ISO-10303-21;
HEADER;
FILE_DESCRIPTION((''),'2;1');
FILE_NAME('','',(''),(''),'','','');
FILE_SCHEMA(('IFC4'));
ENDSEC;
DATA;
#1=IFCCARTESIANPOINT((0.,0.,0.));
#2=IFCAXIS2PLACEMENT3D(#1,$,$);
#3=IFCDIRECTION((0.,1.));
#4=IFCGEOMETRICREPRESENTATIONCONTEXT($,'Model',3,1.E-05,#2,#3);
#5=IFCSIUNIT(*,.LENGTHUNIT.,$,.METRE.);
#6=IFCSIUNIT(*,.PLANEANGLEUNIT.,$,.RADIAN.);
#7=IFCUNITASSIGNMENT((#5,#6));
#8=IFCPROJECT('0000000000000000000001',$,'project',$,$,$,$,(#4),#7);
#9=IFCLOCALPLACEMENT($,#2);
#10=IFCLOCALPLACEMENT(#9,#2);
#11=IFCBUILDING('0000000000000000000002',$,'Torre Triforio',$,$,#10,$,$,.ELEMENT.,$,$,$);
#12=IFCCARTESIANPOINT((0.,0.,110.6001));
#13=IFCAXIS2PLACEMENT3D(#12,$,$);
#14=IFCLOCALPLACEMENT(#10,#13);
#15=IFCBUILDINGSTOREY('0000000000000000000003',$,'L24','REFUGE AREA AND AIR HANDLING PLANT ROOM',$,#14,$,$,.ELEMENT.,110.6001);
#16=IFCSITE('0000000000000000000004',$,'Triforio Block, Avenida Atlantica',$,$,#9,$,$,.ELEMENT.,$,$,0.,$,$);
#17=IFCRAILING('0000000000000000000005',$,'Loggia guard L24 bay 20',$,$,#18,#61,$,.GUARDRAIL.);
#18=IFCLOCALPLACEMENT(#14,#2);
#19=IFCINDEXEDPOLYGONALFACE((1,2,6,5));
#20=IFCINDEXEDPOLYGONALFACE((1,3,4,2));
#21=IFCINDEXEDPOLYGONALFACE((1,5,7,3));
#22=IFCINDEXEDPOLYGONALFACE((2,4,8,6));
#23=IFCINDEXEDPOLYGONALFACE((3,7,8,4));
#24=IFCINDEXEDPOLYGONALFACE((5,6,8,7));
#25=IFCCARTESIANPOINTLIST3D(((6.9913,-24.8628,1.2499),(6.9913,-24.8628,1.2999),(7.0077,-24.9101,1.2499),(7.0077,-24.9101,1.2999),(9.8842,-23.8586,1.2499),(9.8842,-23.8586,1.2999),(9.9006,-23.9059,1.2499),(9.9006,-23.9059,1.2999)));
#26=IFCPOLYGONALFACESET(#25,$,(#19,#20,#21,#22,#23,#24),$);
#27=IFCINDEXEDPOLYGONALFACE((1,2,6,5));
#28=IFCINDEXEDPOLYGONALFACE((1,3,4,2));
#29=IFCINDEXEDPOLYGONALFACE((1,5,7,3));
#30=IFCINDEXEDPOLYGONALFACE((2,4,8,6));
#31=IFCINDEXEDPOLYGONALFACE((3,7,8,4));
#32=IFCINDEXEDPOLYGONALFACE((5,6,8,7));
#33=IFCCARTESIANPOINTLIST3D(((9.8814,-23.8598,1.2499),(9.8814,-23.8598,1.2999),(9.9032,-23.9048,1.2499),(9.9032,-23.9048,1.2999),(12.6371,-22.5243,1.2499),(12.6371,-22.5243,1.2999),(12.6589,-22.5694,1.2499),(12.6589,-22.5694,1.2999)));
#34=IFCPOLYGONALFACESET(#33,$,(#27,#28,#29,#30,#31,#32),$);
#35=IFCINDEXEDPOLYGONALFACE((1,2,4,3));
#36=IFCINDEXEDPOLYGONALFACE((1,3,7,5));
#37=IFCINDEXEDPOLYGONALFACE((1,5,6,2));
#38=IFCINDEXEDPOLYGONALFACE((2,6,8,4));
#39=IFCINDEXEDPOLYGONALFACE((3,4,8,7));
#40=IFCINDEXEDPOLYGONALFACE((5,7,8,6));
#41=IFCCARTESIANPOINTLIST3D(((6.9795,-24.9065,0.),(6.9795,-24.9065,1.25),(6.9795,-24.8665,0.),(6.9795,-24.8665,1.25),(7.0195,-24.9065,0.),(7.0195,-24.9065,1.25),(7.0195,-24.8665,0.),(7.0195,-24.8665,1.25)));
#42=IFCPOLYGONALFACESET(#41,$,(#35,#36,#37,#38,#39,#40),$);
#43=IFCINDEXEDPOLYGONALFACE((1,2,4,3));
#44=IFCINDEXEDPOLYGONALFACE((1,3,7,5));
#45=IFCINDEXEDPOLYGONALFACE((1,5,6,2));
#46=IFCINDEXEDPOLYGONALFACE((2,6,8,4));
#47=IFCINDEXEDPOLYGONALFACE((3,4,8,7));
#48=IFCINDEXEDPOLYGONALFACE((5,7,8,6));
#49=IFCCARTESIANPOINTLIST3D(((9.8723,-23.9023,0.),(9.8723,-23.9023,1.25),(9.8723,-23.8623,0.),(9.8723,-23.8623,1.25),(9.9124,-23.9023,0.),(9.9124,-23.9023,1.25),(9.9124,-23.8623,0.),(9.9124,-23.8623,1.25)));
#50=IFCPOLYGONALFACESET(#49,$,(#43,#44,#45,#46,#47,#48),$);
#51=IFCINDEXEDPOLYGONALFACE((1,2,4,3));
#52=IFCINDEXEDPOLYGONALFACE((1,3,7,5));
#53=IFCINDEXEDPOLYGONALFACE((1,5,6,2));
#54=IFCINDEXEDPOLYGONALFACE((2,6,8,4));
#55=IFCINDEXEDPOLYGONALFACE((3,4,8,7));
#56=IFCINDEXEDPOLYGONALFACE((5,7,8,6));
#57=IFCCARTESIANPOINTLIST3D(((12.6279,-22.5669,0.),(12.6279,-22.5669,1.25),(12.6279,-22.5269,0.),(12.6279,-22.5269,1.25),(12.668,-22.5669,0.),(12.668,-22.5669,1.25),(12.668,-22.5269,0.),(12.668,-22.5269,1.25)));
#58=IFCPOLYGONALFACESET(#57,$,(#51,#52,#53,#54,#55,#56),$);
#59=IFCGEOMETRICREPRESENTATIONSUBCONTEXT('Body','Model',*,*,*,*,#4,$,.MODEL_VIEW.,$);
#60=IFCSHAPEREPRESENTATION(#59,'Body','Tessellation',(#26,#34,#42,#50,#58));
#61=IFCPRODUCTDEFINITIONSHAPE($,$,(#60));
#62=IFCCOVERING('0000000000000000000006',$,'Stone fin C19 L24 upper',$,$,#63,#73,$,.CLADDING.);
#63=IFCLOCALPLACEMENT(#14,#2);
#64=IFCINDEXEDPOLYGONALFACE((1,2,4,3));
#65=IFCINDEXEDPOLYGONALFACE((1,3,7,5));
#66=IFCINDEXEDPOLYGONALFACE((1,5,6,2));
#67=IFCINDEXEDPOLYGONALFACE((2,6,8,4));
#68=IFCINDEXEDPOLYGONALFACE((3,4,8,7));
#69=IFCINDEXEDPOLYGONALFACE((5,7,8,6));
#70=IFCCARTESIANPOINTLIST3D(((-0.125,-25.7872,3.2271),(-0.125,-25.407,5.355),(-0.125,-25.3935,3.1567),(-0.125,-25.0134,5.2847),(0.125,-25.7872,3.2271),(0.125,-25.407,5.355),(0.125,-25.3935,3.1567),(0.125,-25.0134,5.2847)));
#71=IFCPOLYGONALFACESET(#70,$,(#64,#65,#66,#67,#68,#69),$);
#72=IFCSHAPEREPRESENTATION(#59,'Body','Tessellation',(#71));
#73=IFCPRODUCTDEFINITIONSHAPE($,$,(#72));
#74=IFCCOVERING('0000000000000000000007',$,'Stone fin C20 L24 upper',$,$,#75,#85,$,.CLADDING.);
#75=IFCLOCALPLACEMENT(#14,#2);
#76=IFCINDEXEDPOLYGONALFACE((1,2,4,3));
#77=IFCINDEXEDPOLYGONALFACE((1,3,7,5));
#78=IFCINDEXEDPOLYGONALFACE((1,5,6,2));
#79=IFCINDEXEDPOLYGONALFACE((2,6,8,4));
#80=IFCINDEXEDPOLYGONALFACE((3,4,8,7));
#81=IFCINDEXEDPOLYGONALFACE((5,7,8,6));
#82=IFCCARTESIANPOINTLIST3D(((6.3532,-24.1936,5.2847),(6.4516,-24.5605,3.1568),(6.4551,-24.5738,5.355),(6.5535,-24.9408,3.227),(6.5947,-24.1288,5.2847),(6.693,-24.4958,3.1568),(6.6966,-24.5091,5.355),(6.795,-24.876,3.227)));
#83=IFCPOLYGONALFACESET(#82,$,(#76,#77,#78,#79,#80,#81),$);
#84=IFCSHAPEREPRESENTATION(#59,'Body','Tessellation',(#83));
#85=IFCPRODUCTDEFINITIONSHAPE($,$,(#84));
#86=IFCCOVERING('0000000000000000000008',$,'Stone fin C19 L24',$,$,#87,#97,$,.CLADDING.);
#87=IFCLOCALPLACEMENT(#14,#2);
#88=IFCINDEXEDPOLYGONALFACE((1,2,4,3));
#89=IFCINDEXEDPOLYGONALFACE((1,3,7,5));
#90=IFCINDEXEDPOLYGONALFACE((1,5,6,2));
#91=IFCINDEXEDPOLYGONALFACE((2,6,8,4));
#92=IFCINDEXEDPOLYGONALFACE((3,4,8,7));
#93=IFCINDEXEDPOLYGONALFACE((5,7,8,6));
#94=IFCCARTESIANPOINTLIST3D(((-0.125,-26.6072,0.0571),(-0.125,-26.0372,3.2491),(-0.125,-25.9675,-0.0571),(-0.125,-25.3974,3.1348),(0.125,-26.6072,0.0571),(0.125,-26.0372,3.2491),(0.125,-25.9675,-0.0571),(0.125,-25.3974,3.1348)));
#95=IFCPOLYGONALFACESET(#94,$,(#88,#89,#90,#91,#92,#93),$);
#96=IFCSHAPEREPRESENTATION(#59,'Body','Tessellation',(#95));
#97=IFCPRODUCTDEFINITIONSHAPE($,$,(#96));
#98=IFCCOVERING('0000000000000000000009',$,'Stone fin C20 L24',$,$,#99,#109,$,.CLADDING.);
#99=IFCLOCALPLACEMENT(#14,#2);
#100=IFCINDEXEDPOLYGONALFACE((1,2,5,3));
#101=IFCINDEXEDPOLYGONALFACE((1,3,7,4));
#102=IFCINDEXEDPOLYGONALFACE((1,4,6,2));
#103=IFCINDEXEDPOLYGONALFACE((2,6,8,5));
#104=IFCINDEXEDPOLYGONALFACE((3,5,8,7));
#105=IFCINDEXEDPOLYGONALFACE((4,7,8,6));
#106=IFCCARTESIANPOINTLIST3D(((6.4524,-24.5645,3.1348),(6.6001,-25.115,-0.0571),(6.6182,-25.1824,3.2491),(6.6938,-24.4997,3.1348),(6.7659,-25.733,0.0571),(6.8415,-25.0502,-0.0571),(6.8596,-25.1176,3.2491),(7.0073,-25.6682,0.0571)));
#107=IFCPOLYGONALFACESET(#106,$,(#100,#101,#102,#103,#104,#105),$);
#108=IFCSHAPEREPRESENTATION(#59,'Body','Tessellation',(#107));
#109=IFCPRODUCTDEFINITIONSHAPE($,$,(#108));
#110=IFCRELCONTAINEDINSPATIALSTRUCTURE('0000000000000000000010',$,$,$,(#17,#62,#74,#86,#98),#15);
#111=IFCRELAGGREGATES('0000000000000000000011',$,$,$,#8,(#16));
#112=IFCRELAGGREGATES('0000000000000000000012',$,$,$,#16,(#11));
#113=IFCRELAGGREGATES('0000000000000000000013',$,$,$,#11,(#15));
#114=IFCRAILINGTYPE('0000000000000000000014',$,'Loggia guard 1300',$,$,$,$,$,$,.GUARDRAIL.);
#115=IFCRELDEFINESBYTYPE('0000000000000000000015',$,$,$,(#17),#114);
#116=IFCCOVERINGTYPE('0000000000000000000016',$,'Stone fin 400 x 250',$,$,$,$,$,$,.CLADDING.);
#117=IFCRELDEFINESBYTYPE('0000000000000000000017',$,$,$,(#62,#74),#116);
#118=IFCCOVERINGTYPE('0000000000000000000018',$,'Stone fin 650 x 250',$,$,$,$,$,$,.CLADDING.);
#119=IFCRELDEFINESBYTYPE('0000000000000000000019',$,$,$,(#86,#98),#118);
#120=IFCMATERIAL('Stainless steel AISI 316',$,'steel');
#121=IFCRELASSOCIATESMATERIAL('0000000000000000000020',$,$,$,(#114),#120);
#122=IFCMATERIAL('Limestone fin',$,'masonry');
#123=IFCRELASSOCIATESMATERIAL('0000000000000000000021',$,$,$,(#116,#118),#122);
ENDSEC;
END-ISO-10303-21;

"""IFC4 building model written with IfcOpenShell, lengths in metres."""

from ifc_helpers import new_model, si_unit, direction, frame, origin, origin_2d, place, context, subcontext, project, spatial, rectangle, extrude, material, material_profile, profile_set, type_object, element, save


model = new_model("IFC4")

# Units and contexts
model_context = context("Model", 3, precision=1e-05, world=origin(), true_north=direction((0.0, 1.0)))
body_context = subcontext(model_context, "Body", "Model", "MODEL_VIEW")
ifc_project = project(units=[si_unit("LENGTHUNIT", "METRE"), si_unit("PLANEANGLEUNIT", "RADIAN")], contexts=[model_context])

# Site, building, storey
site_placement = place(None, origin())
site = spatial("IfcSite", under=ifc_project, at=site_placement, Name="Triforio Block, Avenida Atlantica", CompositionType="ELEMENT", RefElevation=0.0)
building_placement = place(site_placement, origin())
building = spatial("IfcBuilding", under=site, at=building_placement, Name="Torre Triforio", CompositionType="ELEMENT")
storey_placement = place(building_placement, frame((0.0, 0.0, 110.6001)))
storey = spatial("IfcBuildingStorey", under=building, at=storey_placement, Name="L24", Description="REFUGE AREA AND AIR HANDLING PLANT ROOM", CompositionType="ELEMENT", Elevation=110.6001)

# Railing
ifc_material_1 = material(Name="Stainless steel AISI 316", Category="steel")
railing_type = type_object("IfcRailingType", Name="Loggia guard 1300", PredefinedType="GUARDRAIL", material=ifc_material_1)
railing_1_placement = place(storey_placement, frame((6.9995, -24.8865, 0.0)))
element("IfcRailing", 1, at=railing_1_placement, inside=storey, type_object=railing_type, Name="Loggia guard L24 bay 20", PredefinedType="GUARDRAIL", context=body_context, shape_type="SweptSolid", body=[
    extrude(rectangle(XDim=0.05, YDim=0.05, at=origin_2d()), frame((0.0, 0.0, 1.2749), z_axis=(0.944704, 0.327924, 0.0), x_axis=(-0.327924, 0.944704, 0.0)), (0.0, 0.0, 1.0), 3.0623),
    extrude(rectangle(XDim=0.05, YDim=0.05, at=origin_2d()), frame((2.8928, 1.0042, 1.2749), z_axis=(0.899892, 0.436113, 0.0), x_axis=(-0.436113, 0.899892, 0.0)), (0.0, 0.0, 1.0), 3.0623),
    extrude(rectangle(XDim=0.04, YDim=0.04, at=origin_2d()), origin(), (0.0, 0.0, 1.0), 1.25),
    extrude(rectangle(XDim=0.04, YDim=0.04, at=origin_2d()), frame((2.8928, 1.0042, 0.0)), (0.0, 0.0, 1.0), 1.25),
    extrude(rectangle(XDim=0.04, YDim=0.04, at=origin_2d()), frame((5.6484, 2.3396, 0.0)), (0.0, 0.0, 1.0), 1.25),
])

# Coverings
ifc_material_2 = material(Name="Limestone fin", Category="masonry")
ifc_material_profile_1 = material_profile(ifc_material_2, rectangle(XDim=0.3999, YDim=0.25, at=origin_2d()), Name="FIN 400x250")
ifc_profile_set_1 = profile_set([ifc_material_profile_1], Name="Limestone fin")
covering_type_1 = type_object("IfcCoveringType", Name="Stone fin 400 x 250", PredefinedType="CLADDING", material=ifc_profile_set_1)
for number, where, z_axis, x_axis, name in (
    (2, (0.0, -25.5903, 3.1919), (0.0, 0.175853, 0.984416), (0.0, -0.984416, 0.175853), "Stone fin C19 L24 upper"),
    (3, (6.6233, -24.7183, 3.1919), (-0.045517, 0.169757, 0.984434), (0.254951, -0.950847, 0.175754), "Stone fin C20 L24 upper"),
):
    element("IfcCovering", number, at=place(storey_placement, frame(where, z_axis=z_axis, x_axis=x_axis)), inside=storey, type_object=covering_type_1, Name=name, PredefinedType="CLADDING", context=body_context, shape_type="SweptSolid", body=[
        extrude(rectangle(XDim=0.3999, YDim=0.25, at=origin_2d()), origin(), (0.0, 0.0, 1.0), 2.1616),
    ])
ifc_material_profile_2 = material_profile(ifc_material_2, rectangle(XDim=0.6499, YDim=0.25, at=origin_2d()), Name="FIN 650x250")
ifc_profile_set_2 = profile_set([ifc_material_profile_2], Name="Limestone fin")
covering_type_2 = type_object("IfcCoveringType", Name="Stone fin 650 x 250", PredefinedType="CLADDING", material=ifc_profile_set_2)
for number, where, z_axis, x_axis, name in (
    (4, (0.0, -26.2874, 0.0), (0.0, 0.175817, 0.984423), (0.0, -0.984423, 0.175817), "Stone fin C19 L24"),
    (5, (6.8037, -25.3916, 0.0), (-0.045554, 0.169794, 0.984426), (0.255093, -0.950801, 0.175798), "Stone fin C20 L24"),
):
    element("IfcCovering", number, at=place(storey_placement, frame(where, z_axis=z_axis, x_axis=x_axis)), inside=storey, type_object=covering_type_2, Name=name, PredefinedType="CLADDING", context=body_context, shape_type="SweptSolid", body=[
        extrude(rectangle(XDim=0.6499, YDim=0.25, at=origin_2d()), origin(), (0.0, 0.0, 1.0), 3.2424),
    ])

save(model, "model.ifc")
